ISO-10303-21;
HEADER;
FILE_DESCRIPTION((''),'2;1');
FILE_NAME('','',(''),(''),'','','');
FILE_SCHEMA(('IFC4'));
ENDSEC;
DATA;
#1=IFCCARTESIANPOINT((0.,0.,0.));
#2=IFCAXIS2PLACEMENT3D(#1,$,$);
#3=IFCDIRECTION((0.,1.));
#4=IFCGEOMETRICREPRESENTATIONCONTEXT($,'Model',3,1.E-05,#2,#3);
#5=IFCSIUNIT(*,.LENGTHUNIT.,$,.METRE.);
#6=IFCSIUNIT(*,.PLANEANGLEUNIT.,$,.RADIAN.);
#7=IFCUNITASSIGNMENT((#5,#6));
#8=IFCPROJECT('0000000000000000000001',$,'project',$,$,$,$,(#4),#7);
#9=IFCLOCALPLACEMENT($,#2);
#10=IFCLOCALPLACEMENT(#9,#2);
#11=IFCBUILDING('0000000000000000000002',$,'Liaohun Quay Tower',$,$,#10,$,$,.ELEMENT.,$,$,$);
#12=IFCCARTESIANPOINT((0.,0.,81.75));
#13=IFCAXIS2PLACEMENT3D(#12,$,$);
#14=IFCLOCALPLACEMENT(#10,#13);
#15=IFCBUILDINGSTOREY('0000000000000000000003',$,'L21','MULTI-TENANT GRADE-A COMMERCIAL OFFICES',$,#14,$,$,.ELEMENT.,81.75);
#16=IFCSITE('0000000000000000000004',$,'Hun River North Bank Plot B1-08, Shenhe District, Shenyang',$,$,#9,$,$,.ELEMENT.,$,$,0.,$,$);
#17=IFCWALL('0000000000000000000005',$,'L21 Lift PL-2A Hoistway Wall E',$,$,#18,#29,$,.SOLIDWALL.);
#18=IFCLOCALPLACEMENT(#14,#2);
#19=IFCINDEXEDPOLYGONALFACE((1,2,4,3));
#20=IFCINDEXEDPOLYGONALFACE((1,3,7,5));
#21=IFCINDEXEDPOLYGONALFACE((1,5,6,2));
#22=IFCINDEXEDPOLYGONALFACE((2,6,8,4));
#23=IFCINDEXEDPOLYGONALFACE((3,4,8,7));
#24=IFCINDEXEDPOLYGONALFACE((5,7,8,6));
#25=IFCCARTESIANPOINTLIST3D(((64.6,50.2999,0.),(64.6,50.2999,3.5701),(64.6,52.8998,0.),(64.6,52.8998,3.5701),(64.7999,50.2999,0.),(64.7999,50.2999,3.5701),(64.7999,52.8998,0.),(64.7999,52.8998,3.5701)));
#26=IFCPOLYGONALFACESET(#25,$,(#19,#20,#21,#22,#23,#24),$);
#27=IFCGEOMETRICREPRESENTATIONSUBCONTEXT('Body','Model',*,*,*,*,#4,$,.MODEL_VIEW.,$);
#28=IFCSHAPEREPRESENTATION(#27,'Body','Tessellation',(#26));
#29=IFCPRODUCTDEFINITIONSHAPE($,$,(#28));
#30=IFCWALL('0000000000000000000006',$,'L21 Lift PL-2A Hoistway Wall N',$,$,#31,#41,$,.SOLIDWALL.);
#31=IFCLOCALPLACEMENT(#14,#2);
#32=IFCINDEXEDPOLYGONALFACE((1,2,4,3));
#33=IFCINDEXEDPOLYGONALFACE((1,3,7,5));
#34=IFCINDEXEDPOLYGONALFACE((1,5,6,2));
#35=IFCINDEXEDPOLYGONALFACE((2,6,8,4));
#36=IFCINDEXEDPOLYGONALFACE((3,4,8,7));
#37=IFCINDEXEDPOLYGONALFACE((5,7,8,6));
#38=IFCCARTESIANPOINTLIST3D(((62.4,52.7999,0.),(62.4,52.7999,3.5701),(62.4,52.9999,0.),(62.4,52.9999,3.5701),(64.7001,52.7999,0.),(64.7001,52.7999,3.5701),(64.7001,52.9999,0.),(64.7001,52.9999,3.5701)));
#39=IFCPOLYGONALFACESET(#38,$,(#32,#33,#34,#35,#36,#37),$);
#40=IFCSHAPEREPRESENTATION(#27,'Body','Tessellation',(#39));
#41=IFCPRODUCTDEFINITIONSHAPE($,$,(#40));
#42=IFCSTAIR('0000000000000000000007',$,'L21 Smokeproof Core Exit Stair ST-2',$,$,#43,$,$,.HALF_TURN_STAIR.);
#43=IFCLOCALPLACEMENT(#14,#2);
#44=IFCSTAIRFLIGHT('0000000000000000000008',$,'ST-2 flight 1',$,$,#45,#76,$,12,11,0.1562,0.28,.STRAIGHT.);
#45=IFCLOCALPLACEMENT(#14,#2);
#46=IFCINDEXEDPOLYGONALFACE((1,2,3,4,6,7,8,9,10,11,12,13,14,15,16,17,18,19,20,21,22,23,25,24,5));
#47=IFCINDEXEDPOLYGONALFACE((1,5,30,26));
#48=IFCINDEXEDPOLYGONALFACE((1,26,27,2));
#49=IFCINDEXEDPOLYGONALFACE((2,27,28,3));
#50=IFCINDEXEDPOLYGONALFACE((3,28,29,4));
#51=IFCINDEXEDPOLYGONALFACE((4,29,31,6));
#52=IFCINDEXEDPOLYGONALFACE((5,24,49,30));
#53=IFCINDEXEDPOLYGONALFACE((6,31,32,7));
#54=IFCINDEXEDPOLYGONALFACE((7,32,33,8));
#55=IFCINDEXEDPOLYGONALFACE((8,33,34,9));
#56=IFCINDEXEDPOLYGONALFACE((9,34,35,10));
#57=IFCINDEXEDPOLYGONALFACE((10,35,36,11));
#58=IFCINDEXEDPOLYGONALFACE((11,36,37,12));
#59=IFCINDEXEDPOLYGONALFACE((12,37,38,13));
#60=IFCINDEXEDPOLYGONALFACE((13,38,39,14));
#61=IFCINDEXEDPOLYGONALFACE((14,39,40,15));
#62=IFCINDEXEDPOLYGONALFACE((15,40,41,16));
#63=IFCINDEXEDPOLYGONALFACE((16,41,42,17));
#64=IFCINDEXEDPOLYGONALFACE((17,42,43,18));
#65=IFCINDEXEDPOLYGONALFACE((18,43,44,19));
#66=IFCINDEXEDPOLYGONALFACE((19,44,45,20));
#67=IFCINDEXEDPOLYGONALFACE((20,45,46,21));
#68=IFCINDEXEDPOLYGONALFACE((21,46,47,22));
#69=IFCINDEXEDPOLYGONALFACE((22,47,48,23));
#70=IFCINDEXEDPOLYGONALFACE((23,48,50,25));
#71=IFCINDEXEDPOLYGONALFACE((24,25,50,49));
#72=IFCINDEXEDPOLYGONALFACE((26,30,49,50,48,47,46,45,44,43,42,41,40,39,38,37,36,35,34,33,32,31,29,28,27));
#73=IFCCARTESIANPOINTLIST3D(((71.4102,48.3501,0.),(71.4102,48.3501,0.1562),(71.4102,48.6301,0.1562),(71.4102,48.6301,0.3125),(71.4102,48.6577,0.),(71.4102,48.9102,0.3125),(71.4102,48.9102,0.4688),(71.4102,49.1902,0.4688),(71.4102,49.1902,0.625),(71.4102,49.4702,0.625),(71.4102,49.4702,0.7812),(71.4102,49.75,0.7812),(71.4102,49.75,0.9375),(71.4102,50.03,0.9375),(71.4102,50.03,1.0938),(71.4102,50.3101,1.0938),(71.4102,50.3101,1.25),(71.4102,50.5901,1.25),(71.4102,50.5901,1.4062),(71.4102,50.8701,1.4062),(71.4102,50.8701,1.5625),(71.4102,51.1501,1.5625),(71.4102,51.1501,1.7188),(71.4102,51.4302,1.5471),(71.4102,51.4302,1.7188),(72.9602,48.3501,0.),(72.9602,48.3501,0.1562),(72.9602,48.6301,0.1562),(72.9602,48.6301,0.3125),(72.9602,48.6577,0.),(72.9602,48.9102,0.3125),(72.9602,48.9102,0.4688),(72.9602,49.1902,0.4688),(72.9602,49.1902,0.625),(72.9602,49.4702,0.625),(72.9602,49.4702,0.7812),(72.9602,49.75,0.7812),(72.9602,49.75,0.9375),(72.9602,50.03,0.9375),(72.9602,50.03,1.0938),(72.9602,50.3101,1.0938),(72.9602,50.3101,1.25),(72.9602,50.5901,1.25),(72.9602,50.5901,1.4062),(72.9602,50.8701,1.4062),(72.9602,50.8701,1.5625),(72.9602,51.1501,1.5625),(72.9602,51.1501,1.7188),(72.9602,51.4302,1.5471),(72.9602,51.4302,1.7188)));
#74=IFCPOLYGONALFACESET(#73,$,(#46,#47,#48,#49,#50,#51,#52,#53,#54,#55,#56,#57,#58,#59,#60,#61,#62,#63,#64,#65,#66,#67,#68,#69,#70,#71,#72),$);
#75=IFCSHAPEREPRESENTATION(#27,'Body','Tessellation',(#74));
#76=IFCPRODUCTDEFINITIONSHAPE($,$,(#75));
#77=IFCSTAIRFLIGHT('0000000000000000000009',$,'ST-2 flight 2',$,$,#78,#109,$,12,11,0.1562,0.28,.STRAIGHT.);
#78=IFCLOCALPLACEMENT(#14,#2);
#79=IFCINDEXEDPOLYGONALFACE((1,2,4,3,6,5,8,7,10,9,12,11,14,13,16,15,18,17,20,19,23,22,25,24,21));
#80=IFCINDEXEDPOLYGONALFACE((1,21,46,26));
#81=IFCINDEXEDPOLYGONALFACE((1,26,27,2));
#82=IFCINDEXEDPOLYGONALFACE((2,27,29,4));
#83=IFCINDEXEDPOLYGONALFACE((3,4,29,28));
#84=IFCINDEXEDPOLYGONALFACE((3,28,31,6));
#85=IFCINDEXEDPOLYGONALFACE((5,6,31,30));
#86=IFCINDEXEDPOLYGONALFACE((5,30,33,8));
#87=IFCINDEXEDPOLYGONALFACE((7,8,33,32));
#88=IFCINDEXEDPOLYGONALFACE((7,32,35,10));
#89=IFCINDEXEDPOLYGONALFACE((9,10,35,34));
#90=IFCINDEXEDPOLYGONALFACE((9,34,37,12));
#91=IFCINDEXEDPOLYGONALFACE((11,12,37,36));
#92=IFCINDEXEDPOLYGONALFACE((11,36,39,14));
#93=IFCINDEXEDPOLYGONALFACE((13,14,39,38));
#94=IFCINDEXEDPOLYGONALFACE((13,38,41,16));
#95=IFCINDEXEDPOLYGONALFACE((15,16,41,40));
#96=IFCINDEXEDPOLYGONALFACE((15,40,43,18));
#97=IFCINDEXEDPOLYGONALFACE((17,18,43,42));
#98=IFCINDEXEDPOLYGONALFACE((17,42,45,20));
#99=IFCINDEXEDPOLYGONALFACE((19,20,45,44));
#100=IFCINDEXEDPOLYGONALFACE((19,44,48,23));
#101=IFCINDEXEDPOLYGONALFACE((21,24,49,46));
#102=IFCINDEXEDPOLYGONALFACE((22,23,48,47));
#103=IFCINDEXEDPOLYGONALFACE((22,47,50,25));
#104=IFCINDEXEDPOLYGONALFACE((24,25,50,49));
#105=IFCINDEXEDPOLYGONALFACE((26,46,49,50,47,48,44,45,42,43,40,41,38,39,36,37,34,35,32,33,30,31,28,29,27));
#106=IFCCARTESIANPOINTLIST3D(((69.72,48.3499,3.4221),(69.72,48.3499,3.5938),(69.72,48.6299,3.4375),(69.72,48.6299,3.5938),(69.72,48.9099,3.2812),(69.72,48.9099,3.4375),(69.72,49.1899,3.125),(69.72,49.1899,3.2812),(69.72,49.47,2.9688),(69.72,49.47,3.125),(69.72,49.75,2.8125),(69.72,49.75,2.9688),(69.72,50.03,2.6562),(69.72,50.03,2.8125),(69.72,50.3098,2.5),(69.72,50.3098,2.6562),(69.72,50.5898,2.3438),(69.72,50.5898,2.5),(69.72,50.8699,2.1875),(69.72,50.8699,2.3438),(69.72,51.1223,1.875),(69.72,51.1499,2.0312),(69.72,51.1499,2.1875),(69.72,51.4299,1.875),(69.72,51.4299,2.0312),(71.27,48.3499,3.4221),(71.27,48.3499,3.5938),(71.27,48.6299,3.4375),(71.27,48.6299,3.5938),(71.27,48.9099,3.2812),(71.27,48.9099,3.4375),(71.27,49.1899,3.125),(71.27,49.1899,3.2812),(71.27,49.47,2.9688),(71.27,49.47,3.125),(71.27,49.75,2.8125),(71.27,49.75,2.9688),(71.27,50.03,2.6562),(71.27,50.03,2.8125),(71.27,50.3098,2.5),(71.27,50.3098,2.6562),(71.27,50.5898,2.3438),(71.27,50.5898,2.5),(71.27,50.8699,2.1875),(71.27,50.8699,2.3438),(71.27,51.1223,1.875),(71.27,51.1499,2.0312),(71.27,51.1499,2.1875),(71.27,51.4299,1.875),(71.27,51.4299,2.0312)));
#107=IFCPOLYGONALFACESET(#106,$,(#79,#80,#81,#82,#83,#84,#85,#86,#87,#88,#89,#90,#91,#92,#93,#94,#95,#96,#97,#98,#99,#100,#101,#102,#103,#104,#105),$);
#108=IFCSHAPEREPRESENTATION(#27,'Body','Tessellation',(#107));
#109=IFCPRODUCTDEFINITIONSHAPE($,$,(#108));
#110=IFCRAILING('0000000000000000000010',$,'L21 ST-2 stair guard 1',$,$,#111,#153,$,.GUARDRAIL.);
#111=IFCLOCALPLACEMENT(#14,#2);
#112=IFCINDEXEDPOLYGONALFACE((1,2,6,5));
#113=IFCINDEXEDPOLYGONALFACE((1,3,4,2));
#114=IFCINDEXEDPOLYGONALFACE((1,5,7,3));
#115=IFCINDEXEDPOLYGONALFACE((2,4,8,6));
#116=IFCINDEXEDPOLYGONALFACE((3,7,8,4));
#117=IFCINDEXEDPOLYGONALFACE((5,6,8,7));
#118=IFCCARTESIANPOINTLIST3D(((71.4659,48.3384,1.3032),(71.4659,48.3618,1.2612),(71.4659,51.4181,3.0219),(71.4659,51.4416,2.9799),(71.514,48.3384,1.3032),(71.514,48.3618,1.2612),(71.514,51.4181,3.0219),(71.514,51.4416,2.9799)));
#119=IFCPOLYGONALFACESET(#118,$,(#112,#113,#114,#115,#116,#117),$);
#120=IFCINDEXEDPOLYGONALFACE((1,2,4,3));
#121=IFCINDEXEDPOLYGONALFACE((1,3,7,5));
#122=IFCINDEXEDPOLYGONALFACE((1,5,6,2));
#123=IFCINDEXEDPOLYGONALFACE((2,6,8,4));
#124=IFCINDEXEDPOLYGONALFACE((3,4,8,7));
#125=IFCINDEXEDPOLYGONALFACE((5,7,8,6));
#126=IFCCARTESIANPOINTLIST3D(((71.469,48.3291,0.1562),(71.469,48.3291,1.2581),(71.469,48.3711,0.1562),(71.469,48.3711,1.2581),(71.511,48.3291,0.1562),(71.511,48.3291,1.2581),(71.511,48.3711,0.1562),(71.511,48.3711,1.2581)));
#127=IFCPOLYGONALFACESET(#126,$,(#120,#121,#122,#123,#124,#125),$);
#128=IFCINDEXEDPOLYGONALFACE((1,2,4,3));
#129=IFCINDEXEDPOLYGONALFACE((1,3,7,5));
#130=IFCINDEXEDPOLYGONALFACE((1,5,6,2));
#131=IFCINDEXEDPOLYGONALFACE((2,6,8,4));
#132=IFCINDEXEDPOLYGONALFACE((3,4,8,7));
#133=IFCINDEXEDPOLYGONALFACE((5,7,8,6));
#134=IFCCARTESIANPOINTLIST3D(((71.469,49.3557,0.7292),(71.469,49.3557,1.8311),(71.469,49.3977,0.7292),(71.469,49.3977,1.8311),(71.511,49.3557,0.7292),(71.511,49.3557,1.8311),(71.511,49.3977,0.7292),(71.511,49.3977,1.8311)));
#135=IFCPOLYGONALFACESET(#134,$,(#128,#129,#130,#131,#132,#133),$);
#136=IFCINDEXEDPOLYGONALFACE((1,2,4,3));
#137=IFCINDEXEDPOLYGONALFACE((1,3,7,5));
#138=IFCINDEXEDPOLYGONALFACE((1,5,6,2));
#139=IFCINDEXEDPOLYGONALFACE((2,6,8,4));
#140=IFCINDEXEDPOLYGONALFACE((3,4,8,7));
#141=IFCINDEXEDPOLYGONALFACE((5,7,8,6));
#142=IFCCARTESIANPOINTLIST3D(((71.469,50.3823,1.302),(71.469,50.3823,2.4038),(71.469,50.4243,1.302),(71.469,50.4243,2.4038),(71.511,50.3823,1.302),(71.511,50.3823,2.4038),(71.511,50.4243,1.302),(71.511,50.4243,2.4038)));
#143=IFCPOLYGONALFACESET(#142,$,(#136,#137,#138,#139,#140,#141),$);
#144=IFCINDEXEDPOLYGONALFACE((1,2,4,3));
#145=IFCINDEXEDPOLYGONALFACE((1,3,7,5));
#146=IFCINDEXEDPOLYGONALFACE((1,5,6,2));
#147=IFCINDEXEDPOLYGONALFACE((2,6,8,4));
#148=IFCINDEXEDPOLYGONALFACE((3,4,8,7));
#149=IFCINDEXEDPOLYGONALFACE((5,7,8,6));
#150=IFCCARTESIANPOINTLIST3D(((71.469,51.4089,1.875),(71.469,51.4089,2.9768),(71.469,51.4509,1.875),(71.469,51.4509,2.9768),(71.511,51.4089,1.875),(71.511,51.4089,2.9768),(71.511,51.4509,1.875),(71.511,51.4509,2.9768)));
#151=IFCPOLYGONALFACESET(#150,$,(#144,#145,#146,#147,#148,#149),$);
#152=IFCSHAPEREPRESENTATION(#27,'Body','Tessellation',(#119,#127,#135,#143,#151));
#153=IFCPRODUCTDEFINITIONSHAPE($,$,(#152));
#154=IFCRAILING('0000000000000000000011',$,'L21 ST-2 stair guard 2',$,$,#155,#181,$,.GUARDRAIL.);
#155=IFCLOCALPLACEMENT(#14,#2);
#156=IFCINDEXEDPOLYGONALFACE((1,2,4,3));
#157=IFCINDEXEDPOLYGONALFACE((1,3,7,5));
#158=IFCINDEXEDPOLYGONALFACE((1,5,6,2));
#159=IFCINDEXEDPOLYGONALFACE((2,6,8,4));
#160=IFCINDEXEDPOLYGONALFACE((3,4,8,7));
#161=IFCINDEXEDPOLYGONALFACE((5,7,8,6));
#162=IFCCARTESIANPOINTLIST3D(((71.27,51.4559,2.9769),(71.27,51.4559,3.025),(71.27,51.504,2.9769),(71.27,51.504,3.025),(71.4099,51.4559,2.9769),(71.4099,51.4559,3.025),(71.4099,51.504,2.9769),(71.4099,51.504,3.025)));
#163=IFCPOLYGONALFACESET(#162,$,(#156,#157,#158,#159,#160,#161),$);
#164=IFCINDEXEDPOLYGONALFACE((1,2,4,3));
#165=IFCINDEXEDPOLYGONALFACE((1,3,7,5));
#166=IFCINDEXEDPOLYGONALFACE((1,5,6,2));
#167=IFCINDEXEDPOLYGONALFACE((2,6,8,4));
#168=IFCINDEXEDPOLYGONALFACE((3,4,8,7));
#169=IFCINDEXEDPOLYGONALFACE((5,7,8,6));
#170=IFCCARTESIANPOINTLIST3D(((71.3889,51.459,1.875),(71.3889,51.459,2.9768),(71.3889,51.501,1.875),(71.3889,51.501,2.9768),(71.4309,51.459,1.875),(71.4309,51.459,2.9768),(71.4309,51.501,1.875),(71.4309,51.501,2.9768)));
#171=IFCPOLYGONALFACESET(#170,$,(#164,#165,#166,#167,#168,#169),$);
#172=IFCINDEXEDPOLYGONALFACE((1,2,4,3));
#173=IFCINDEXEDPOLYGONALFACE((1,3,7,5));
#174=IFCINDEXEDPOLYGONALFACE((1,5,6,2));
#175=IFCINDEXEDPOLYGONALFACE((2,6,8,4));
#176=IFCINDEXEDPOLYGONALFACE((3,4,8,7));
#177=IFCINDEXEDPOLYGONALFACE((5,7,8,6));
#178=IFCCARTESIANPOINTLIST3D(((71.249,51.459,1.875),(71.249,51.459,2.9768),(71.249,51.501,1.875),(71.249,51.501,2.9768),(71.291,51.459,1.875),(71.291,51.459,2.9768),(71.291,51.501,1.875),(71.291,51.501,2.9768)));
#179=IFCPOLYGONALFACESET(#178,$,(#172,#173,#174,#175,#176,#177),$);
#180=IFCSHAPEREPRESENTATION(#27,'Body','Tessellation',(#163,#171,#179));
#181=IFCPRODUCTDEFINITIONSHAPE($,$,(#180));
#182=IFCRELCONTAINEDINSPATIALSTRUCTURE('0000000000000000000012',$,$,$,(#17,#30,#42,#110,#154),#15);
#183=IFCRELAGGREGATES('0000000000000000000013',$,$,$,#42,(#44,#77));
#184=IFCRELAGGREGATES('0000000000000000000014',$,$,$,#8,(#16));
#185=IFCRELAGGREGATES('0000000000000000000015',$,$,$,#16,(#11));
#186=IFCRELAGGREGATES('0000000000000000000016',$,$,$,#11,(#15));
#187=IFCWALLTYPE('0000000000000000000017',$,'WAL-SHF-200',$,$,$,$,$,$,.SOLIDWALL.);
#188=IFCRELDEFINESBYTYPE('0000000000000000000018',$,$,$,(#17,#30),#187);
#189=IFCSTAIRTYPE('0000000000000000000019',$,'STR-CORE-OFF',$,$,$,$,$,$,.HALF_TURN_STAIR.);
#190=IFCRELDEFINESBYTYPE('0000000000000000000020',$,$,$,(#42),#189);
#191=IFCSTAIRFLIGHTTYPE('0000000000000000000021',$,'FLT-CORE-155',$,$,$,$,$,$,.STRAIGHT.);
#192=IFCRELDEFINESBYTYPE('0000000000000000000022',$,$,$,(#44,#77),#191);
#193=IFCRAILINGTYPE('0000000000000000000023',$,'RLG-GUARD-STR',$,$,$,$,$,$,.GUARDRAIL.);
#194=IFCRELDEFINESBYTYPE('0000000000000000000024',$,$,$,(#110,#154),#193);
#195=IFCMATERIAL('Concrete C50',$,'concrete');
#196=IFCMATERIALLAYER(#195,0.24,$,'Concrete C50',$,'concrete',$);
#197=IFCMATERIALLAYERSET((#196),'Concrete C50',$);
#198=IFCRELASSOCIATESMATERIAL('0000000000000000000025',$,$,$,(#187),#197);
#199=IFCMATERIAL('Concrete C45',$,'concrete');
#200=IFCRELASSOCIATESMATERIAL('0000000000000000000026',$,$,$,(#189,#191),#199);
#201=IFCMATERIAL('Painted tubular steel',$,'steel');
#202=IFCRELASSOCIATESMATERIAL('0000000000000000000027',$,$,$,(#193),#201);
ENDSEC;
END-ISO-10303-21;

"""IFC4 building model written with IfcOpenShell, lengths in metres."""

from ifc_helpers import new_model, si_unit, direction, frame, frame_2d, origin, origin_2d, place, context, subcontext, project, spatial, polyline, rectangle, outline, extrude, material, layer, layer_set, type_object, element, aggregate, save


model = new_model("IFC4")

# Units and contexts
model_context = context("Model", 3, precision=1e-05, world=origin(), true_north=direction((0.0, 1.0)))
body_context = subcontext(model_context, "Body", "Model", "MODEL_VIEW")
ifc_project = project(units=[si_unit("LENGTHUNIT", "METRE"), si_unit("PLANEANGLEUNIT", "RADIAN")], contexts=[model_context])

# Site, building, storey
site_placement = place(None, origin())
site = spatial("IfcSite", under=ifc_project, at=site_placement, Name="Hun River North Bank Plot B1-08, Shenhe District, Shenyang", CompositionType="ELEMENT", RefElevation=0.0)
building_placement = place(site_placement, origin())
building = spatial("IfcBuilding", under=site, at=building_placement, Name="Liaohun Quay Tower", CompositionType="ELEMENT")
storey_placement = place(building_placement, frame((0.0, 0.0, 81.75)))
storey = spatial("IfcBuildingStorey", under=building, at=storey_placement, Name="L21", Description="MULTI-TENANT GRADE-A COMMERCIAL OFFICES", CompositionType="ELEMENT", Elevation=81.75)

# Shared definitions
ifc_material_1 = material(Name="Concrete C50", Category="concrete")
ifc_layer_1 = layer(ifc_material_1, 0.24, Name="Concrete C50", Category="concrete")
ifc_layer_set_1 = layer_set([ifc_layer_1], Name="Concrete C50")
wall_type_1 = type_object("IfcWallType", Name="WAL-SHF-200", PredefinedType="SOLIDWALL", material=ifc_layer_set_1)

# Walls
wall_1_placement = place(storey_placement, frame((64.7, 50.3, 0.0), z_axis=(0.0, 0.0, 1.0), x_axis=(0.0, 1.0, 0.0)))
element("IfcWall", 1, at=wall_1_placement, inside=storey, type_object=wall_type_1, Name="L21 Lift PL-2A Hoistway Wall E", PredefinedType="SOLIDWALL", context=body_context, shape_type="SweptSolid", body=[
    extrude(rectangle(XDim=2.5999, YDim=0.2, at=frame_2d((1.2998, 0.0))), origin(), (0.0, 0.0, 1.0), 3.5701),
])
wall_2_placement = place(storey_placement, frame((64.7, 52.8999, 0.0), z_axis=(0.0, 0.0, 1.0), x_axis=(-1.0, 0.0, 0.0)))
element("IfcWall", 2, at=wall_2_placement, inside=storey, type_object=wall_type_1, Name="L21 Lift PL-2A Hoistway Wall N", PredefinedType="SOLIDWALL", context=body_context, shape_type="SweptSolid", body=[
    extrude(rectangle(XDim=2.3, YDim=0.2, at=frame_2d((1.1499, 0.0))), origin(), (0.0, 0.0, 1.0), 3.5701),
])

# Stair, stair flights
ifc_material_2 = material(Name="Concrete C45", Category="concrete")
stair_type = type_object("IfcStairType", Name="STR-CORE-OFF", PredefinedType="HALF_TURN_STAIR", material=ifc_material_2)
stair_placement = place(storey_placement, origin())
stair = element("IfcStair", 3, at=stair_placement, inside=storey, type_object=stair_type, Name="L21 Smokeproof Core Exit Stair ST-2", PredefinedType="HALF_TURN_STAIR")
stair_flight_type = type_object("IfcStairFlightType", Name="FLT-CORE-155", PredefinedType="STRAIGHT", material=ifc_material_2)
stair_flight_1_placement = place(storey_placement, frame((72.1851, 48.3501, 0.0), z_axis=(0.0, 0.0, 1.0), x_axis=(0.0, 1.0, 0.0)))
stair_flight_1 = element("IfcStairFlight", 4, at=stair_flight_1_placement, type_object=stair_flight_type, Name="ST-2 flight 1", NumberOfRisers=12, NumberOfTreads=11, PredefinedType="STRAIGHT", RiserHeight=0.1562, TreadLength=0.28, context=body_context, shape_type="SweptSolid", body=[
    extrude(outline(polyline([(0.0, 0.0), (0.0, 0.1562), (0.28, 0.1562), (0.28, 0.3125), (0.5601, 0.3125), (0.5601, 0.4688), (0.8401, 0.4688), (0.8401, 0.625), (1.1201, 0.625), (1.1201, 0.7812), (1.3999, 0.7812), (1.3999, 0.9375), (1.6799, 0.9375), (1.6799, 1.0938), (1.96, 1.0938), (1.96, 1.25), (2.24, 1.25), (2.24, 1.4062), (2.52, 1.4062), (2.52, 1.5625), (2.8, 1.5625), (2.8, 1.7188), (3.0801, 1.7188), (3.0801, 1.875), (3.0801, 1.5471), (0.3076, 0.0), (0.0, 0.0)])), frame((0.0, 0.7749, 0.0), z_axis=(0.0, -1.0, 0.0), x_axis=(1.0, 0.0, 0.0)), (0.0, 0.0, 1.0), 1.55),
])
stair_flight_2_placement = place(storey_placement, frame((70.4951, 51.4299, 1.875), z_axis=(0.0, 0.0, 1.0), x_axis=(0.0, -1.0, 0.0)))
stair_flight_2 = element("IfcStairFlight", 5, at=stair_flight_2_placement, type_object=stair_flight_type, Name="ST-2 flight 2", NumberOfRisers=12, NumberOfTreads=11, PredefinedType="STRAIGHT", RiserHeight=0.1562, TreadLength=0.28, context=body_context, shape_type="SweptSolid", body=[
    extrude(outline(polyline([(0.0, 0.0), (0.0, 0.1562), (0.28, 0.1562), (0.28, 0.3125), (0.5601, 0.3125), (0.5601, 0.4688), (0.8401, 0.4688), (0.8401, 0.625), (1.1201, 0.625), (1.1201, 0.7812), (1.3999, 0.7812), (1.3999, 0.9375), (1.6799, 0.9375), (1.6799, 1.0938), (1.96, 1.0938), (1.96, 1.25), (2.24, 1.25), (2.24, 1.4062), (2.52, 1.4062), (2.52, 1.5625), (2.8, 1.5625), (2.8, 1.7188), (3.0801, 1.7188), (3.0801, 1.875), (3.0801, 1.5471), (0.3076, 0.0), (0.0, 0.0)])), frame((0.0, 0.7749, 0.0), z_axis=(0.0, -1.0, 0.0), x_axis=(1.0, 0.0, 0.0)), (0.0, 0.0, 1.0), 1.55),
])
aggregate(stair, [stair_flight_1, stair_flight_2])

# Railings
ifc_material_3 = material(Name="Painted tubular steel", Category="steel")
railing_type_1 = type_object("IfcRailingType", Name="RLG-GUARD-STR", PredefinedType="GUARDRAIL", material=ifc_material_3)
railing_1_placement = place(storey_placement, frame((71.49, 48.3501, 0.1562)))
element("IfcRailing", 6, at=railing_1_placement, inside=storey, type_object=railing_type_1, Name="L21 ST-2 stair guard 1", PredefinedType="GUARDRAIL", context=body_context, shape_type="SweptSolid", body=[
    extrude(rectangle(XDim=0.0481, YDim=0.0481, at=origin_2d()), frame((0.0, 0.0, 1.126), z_axis=(0.0, 0.873225, 0.487317), x_axis=(-1.0, 0.0, 0.0)), (0.0, 0.0, 1.0), 3.5269),
    extrude(rectangle(XDim=0.042, YDim=0.042, at=origin_2d()), origin(), (0.0, 0.0, 1.0), 1.1018),
    extrude(rectangle(XDim=0.042, YDim=0.042, at=origin_2d()), frame((0.0, 1.0266, 0.573)), (0.0, 0.0, 1.0), 1.1018),
    extrude(rectangle(XDim=0.042, YDim=0.042, at=origin_2d()), frame((0.0, 2.0532, 1.1458)), (0.0, 0.0, 1.0), 1.1018),
    extrude(rectangle(XDim=0.042, YDim=0.042, at=origin_2d()), frame((0.0, 3.0798, 1.7188)), (0.0, 0.0, 1.0), 1.1018),
])
railing_2_placement = place(storey_placement, frame((71.4099, 51.48, 1.875)))
element("IfcRailing", 7, at=railing_2_placement, inside=storey, type_object=railing_type_1, Name="L21 ST-2 stair guard 2", PredefinedType="GUARDRAIL", context=body_context, shape_type="SweptSolid", body=[
    extrude(rectangle(XDim=0.0481, YDim=0.0481, at=origin_2d()), frame((0.0, 0.0, 1.126), z_axis=(-1.0, 0.0, 0.0), x_axis=(0.0, -1.0, 0.0)), (0.0, 0.0, 1.0), 0.1399),
    extrude(rectangle(XDim=0.042, YDim=0.042, at=origin_2d()), origin(), (0.0, 0.0, 1.0), 1.1018),
    extrude(rectangle(XDim=0.042, YDim=0.042, at=origin_2d()), frame((-0.1399, 0.0, 0.0)), (0.0, 0.0, 1.0), 1.1018),
])

save(model, "model.ifc")
